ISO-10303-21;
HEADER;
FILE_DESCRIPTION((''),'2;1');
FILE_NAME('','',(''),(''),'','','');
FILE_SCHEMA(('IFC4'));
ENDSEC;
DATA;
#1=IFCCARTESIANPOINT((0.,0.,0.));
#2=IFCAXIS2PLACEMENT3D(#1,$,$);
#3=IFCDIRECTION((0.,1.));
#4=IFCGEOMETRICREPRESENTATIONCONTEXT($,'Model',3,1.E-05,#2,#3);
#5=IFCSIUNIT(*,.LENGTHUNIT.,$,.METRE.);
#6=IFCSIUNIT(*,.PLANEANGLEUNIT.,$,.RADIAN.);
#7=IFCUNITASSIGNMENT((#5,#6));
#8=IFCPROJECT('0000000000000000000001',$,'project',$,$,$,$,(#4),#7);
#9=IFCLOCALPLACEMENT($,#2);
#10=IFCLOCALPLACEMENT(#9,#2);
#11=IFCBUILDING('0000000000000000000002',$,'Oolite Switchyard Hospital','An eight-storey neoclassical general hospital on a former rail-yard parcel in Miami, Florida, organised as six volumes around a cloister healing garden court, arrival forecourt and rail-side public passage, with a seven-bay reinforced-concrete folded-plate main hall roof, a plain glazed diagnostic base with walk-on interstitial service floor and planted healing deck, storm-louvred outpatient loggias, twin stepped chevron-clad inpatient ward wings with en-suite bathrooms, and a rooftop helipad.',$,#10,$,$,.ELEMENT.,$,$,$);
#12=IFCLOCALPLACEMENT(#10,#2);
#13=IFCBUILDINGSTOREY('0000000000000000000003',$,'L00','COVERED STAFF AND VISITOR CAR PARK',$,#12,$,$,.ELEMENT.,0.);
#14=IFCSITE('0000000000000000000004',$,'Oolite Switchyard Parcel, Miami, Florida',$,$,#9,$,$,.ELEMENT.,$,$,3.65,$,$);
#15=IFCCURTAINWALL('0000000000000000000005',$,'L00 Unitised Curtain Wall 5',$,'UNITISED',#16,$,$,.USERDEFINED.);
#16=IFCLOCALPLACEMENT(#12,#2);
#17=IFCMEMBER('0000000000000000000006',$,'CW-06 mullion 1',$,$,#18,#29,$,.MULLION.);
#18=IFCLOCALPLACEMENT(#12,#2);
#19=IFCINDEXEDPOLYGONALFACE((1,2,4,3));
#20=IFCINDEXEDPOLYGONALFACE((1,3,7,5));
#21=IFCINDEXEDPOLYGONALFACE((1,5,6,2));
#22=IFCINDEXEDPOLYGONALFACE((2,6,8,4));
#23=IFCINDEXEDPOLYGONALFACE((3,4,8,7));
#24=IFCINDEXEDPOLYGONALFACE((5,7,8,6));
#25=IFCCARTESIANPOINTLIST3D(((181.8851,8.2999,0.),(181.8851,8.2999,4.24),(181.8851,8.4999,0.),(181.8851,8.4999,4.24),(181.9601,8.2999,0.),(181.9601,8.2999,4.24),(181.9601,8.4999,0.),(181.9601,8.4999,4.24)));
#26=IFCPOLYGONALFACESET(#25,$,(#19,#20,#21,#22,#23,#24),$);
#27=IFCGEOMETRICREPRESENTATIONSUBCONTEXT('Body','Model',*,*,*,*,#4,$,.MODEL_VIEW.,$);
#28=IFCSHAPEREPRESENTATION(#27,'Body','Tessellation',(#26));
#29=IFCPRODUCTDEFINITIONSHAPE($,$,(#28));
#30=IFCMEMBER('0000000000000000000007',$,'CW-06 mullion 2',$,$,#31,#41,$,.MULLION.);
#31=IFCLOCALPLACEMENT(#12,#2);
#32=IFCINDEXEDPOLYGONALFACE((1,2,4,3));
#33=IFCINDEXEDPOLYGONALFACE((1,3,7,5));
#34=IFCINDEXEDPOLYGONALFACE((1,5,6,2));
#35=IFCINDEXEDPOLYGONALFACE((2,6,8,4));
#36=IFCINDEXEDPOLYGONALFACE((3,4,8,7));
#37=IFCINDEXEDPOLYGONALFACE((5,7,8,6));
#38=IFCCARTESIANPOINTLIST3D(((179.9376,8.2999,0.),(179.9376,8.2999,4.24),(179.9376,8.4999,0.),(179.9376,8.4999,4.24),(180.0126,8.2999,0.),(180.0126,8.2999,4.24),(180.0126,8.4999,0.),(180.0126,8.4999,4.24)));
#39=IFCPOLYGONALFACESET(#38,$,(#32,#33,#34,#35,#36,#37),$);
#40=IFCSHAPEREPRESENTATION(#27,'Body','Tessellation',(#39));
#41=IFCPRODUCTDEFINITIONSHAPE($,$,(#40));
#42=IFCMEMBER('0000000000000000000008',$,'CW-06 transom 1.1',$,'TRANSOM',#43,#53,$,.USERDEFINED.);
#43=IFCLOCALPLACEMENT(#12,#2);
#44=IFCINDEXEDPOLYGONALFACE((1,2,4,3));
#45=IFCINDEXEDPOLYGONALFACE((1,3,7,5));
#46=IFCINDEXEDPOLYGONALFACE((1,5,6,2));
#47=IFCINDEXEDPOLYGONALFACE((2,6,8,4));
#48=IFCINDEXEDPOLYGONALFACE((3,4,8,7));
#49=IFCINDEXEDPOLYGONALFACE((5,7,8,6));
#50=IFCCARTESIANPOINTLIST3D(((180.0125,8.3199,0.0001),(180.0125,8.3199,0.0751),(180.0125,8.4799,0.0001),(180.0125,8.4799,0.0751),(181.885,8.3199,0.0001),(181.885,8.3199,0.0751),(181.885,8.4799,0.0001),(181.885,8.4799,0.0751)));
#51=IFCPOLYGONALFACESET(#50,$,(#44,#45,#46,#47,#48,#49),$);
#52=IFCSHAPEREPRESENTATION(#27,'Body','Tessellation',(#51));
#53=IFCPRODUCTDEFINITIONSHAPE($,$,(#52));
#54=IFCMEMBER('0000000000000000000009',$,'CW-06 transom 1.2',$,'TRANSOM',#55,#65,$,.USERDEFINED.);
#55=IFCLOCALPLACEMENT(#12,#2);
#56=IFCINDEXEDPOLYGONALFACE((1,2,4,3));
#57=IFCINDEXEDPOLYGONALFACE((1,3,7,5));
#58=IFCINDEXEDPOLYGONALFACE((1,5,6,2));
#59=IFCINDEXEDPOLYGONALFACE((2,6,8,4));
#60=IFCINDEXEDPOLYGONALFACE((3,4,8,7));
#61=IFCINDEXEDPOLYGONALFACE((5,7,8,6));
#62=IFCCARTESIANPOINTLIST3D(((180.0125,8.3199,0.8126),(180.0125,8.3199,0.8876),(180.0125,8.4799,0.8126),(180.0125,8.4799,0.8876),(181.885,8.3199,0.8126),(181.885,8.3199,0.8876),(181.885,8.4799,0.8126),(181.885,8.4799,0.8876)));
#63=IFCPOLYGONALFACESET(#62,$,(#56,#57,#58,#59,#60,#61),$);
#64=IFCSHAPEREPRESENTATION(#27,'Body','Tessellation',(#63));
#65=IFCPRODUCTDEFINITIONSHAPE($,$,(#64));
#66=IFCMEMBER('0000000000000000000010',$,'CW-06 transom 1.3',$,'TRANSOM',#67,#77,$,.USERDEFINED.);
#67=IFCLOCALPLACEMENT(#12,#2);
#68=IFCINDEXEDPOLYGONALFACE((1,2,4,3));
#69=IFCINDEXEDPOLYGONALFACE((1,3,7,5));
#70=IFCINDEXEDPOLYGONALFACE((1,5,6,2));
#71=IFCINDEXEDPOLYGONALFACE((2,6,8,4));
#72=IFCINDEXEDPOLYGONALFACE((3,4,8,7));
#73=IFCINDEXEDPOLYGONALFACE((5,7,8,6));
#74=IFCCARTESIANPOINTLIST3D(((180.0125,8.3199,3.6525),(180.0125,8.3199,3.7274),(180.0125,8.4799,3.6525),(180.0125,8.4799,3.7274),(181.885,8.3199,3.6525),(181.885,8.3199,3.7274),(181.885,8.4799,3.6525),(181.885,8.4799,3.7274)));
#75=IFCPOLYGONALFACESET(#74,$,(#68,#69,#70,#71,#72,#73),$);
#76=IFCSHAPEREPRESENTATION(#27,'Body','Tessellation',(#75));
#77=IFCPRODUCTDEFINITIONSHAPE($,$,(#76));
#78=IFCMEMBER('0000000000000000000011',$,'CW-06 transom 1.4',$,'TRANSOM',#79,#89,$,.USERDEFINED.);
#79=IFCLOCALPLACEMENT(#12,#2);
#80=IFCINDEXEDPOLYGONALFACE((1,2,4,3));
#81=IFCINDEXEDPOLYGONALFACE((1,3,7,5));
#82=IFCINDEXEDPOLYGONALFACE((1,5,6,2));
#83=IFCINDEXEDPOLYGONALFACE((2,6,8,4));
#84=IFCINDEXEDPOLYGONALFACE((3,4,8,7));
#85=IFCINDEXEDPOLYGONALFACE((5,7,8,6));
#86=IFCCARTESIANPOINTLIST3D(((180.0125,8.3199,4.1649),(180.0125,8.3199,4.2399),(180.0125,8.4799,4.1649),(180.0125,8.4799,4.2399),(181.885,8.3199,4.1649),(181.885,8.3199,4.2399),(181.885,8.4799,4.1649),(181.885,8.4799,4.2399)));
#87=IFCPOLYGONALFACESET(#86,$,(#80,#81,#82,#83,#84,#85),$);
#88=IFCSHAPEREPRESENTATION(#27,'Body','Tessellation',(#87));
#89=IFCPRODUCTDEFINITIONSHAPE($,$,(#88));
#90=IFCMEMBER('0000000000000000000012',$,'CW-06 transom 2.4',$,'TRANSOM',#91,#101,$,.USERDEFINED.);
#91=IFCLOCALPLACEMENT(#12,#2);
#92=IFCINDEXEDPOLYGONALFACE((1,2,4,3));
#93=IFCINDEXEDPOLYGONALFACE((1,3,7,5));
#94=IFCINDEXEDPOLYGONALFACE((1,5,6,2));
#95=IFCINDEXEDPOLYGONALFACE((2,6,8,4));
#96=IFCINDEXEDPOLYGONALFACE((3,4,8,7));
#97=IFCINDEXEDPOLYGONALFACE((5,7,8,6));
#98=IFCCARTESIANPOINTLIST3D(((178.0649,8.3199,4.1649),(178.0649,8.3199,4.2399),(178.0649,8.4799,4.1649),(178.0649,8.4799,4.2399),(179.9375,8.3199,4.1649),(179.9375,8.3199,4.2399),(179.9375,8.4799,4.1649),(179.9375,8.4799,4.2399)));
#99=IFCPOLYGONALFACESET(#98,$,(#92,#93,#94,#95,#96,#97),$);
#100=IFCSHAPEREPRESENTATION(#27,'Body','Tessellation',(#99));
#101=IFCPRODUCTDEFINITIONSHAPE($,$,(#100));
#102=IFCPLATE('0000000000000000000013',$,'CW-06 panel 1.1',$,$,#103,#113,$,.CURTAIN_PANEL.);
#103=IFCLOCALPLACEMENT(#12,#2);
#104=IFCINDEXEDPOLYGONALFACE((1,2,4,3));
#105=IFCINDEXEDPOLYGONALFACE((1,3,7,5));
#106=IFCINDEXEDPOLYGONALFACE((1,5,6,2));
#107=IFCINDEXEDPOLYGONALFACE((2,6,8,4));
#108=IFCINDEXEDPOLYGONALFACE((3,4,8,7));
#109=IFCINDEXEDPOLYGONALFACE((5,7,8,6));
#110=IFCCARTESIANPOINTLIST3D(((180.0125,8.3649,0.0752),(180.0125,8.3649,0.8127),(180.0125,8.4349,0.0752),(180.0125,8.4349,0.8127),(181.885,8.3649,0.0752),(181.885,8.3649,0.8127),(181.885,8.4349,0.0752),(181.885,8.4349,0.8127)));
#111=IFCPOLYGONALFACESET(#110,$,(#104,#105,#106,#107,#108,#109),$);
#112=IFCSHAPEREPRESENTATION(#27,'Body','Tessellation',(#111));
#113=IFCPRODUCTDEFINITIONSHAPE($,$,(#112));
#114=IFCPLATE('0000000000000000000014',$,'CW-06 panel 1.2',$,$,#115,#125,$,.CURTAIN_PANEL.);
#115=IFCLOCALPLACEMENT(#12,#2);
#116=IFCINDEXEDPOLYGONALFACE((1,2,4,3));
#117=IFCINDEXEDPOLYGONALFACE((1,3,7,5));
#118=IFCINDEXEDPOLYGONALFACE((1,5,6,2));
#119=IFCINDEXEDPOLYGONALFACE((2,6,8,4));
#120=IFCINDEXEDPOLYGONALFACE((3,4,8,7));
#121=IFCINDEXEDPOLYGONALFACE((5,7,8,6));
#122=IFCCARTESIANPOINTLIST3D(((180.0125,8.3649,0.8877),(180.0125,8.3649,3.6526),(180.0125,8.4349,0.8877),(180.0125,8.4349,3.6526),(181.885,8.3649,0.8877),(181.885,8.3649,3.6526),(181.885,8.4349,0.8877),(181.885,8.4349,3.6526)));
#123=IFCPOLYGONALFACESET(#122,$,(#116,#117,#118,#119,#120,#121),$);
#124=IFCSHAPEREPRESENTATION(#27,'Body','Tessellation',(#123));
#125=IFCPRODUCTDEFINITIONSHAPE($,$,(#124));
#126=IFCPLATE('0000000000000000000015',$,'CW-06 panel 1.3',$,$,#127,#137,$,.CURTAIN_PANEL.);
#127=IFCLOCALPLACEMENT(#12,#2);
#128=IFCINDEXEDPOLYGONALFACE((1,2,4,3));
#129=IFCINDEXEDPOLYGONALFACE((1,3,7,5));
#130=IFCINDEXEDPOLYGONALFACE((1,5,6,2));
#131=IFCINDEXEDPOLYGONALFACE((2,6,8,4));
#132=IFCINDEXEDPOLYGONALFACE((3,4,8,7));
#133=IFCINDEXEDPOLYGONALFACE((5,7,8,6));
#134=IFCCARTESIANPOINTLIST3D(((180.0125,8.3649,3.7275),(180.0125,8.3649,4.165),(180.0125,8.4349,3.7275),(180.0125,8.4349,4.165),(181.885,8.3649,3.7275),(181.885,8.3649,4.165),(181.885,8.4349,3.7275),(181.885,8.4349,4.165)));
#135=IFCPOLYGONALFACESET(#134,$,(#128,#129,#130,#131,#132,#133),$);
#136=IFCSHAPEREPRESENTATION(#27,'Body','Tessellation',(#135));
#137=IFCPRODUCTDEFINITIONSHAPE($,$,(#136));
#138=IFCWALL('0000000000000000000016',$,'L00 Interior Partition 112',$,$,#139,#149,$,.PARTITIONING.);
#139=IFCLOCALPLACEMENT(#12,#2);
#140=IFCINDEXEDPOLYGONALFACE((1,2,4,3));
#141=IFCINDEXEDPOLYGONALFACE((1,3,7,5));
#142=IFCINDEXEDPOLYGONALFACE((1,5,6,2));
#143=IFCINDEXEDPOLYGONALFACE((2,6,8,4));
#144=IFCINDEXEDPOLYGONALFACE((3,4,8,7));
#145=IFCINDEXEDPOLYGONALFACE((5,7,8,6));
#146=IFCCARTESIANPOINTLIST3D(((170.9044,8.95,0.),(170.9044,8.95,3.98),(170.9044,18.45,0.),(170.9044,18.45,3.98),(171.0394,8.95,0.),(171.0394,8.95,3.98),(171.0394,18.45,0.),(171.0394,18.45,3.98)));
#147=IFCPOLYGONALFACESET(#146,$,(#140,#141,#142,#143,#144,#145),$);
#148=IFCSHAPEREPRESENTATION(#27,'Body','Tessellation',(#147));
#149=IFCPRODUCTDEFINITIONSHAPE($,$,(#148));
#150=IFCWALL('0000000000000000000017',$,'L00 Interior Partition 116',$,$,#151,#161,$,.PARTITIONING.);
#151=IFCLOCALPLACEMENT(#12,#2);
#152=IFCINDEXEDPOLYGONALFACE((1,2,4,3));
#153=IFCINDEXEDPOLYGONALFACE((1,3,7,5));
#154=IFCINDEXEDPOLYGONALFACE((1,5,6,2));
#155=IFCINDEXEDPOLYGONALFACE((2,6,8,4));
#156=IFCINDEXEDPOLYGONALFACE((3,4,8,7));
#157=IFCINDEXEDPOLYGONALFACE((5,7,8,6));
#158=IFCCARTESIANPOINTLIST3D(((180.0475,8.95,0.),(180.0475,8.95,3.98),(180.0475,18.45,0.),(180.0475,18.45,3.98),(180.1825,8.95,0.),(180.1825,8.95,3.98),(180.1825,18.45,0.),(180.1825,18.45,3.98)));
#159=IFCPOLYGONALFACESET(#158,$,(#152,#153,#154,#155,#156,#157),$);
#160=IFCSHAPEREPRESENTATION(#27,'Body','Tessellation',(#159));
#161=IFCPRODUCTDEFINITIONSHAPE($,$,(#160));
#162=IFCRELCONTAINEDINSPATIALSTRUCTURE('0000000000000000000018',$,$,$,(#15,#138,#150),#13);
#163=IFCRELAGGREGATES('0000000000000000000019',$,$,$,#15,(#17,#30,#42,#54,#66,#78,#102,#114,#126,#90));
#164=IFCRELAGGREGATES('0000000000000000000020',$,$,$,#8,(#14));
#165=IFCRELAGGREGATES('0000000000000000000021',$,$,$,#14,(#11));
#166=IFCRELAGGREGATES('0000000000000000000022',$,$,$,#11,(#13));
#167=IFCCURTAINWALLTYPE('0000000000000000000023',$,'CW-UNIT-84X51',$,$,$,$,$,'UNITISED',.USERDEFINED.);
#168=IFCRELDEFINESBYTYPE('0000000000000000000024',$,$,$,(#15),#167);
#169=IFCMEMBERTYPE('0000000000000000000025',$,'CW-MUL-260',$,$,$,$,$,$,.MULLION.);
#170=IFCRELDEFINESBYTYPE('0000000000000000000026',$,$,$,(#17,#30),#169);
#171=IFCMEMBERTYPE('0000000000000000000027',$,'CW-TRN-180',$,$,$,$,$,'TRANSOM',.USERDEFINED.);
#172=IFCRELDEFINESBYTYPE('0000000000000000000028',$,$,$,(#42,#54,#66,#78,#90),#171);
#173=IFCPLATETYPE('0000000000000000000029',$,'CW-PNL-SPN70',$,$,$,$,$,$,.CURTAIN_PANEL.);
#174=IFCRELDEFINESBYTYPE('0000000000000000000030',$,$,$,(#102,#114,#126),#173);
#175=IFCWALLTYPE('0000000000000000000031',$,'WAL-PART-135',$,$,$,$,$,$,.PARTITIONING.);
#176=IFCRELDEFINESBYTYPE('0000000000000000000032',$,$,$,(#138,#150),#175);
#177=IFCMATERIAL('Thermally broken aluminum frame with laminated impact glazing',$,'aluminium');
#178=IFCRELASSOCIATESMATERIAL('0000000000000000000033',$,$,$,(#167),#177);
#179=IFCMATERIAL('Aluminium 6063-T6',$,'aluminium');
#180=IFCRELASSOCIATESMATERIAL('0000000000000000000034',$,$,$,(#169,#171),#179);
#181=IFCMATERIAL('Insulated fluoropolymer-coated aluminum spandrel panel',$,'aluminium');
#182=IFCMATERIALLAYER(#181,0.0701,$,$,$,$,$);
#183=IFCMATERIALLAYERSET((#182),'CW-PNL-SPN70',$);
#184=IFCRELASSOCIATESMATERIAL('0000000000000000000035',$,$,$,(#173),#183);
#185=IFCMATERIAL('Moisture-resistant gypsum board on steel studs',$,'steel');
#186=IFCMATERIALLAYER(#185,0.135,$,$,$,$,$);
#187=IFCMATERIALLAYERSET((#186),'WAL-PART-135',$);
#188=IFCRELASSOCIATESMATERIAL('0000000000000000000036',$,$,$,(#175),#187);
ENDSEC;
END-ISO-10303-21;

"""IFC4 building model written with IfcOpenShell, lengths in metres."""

from ifc_helpers import new_model, si_unit, direction, frame, frame_2d, origin, origin_2d, place, context, subcontext, project, spatial, rectangle, extrude, material, layer, layer_set, material_profile, profile_set, type_object, element, aggregate, save


model = new_model("IFC4")

# Units and contexts
model_context = context("Model", 3, precision=1e-05, world=origin(), true_north=direction((0.0, 1.0)))
body_context = subcontext(model_context, "Body", "Model", "MODEL_VIEW")
ifc_project = project(units=[si_unit("LENGTHUNIT", "METRE"), si_unit("PLANEANGLEUNIT", "RADIAN")], contexts=[model_context])

# Site, building, storey
site_placement = place(None, origin())
site = spatial("IfcSite", under=ifc_project, at=site_placement, Name="Oolite Switchyard Parcel, Miami, Florida", CompositionType="ELEMENT", RefElevation=3.65)
building_placement = place(site_placement, origin())
building = spatial("IfcBuilding", under=site, at=building_placement, Name="Oolite Switchyard Hospital", Description="An eight-storey neoclassical general hospital on a former rail-yard parcel in Miami, Florida, organised as six volumes around a cloister healing garden court, arrival forecourt and rail-side public passage, with a seven-bay reinforced-concrete folded-plate main hall roof, a plain glazed diagnostic base with walk-on interstitial service floor and planted healing deck, storm-louvred outpatient loggias, twin stepped chevron-clad inpatient ward wings with en-suite bathrooms, and a rooftop helipad.", CompositionType="ELEMENT")
storey_placement = place(building_placement, origin())
storey = spatial("IfcBuildingStorey", under=building, at=storey_placement, Name="L00", Description="COVERED STAFF AND VISITOR CAR PARK", CompositionType="ELEMENT", Elevation=0.0)

# Curtain wall, members, plates
ifc_material_1 = material(Name="Thermally broken aluminum frame with laminated impact glazing", Category="aluminium")
curtain_wall_type = type_object("IfcCurtainWallType", Name="CW-UNIT-84X51", ElementType="UNITISED", PredefinedType="USERDEFINED", material=ifc_material_1)
curtain_wall_placement = place(storey_placement, origin())
curtain_wall = element("IfcCurtainWall", 1, at=curtain_wall_placement, inside=storey, type_object=curtain_wall_type, Name="L00 Unitised Curtain Wall 5", ObjectType="UNITISED", PredefinedType="USERDEFINED")
ifc_material_2 = material(Name="Aluminium 6063-T6", Category="aluminium")
ifc_material_profile_1 = material_profile(ifc_material_2, rectangle(XDim=0.2, YDim=0.075, at=origin_2d()), Name="CWM75X200")
ifc_profile_set_1 = profile_set([ifc_material_profile_1], Name="Aluminium 6063-T6")
member_type_1 = type_object("IfcMemberType", Name="CW-MUL-260", PredefinedType="MULLION", material=ifc_profile_set_1)
member_1_placement = place(storey_placement, frame((181.9226, 8.3999, 0.0), z_axis=(0.0, 0.0, 1.0), x_axis=(0.0, -1.0, 0.0)))
member_1 = element("IfcMember", 2, at=member_1_placement, type_object=member_type_1, Name="CW-06 mullion 1", PredefinedType="MULLION", context=body_context, shape_type="SweptSolid", body=[
    extrude(rectangle(XDim=0.2, YDim=0.075, at=origin_2d()), origin(), (0.0, 0.0, 1.0), 4.24),
])
member_2_placement = place(storey_placement, frame((179.9751, 8.3999, 0.0), z_axis=(0.0, 0.0, 1.0), x_axis=(0.0, -1.0, 0.0)))
member_2 = element("IfcMember", 3, at=member_2_placement, type_object=member_type_1, Name="CW-06 mullion 2", PredefinedType="MULLION", context=body_context, shape_type="SweptSolid", body=[
    extrude(rectangle(XDim=0.2, YDim=0.075, at=origin_2d()), origin(), (0.0, 0.0, 1.0), 4.24),
])
ifc_material_profile_2 = material_profile(ifc_material_2, rectangle(XDim=0.1599, YDim=0.075, at=origin_2d()), Name="CWT75X160")
ifc_profile_set_2 = profile_set([ifc_material_profile_2], Name="Aluminium 6063-T6")
member_type_2 = type_object("IfcMemberType", Name="CW-TRN-180", ElementType="TRANSOM", PredefinedType="USERDEFINED", material=ifc_profile_set_2)
member_3_placement = place(storey_placement, frame((181.885, 8.3999, 0.0376), z_axis=(-1.0, 0.0, 0.0), x_axis=(0.0, -1.0, 0.0)))
member_3 = element("IfcMember", 4, at=member_3_placement, type_object=member_type_2, Name="CW-06 transom 1.1", ObjectType="TRANSOM", PredefinedType="USERDEFINED", context=body_context, shape_type="SweptSolid", body=[
    extrude(rectangle(XDim=0.1599, YDim=0.075, at=origin_2d()), origin(), (0.0, 0.0, 1.0), 1.8726),
])
member_4_placement = place(storey_placement, frame((181.885, 8.3999, 0.8501), z_axis=(-1.0, 0.0, 0.0), x_axis=(0.0, -1.0, 0.0)))
member_4 = element("IfcMember", 5, at=member_4_placement, type_object=member_type_2, Name="CW-06 transom 1.2", ObjectType="TRANSOM", PredefinedType="USERDEFINED", context=body_context, shape_type="SweptSolid", body=[
    extrude(rectangle(XDim=0.1599, YDim=0.075, at=origin_2d()), origin(), (0.0, 0.0, 1.0), 1.8726),
])
member_5_placement = place(storey_placement, frame((181.885, 8.3999, 3.6899), z_axis=(-1.0, 0.0, 0.0), x_axis=(0.0, -1.0, 0.0)))
member_5 = element("IfcMember", 6, at=member_5_placement, type_object=member_type_2, Name="CW-06 transom 1.3", ObjectType="TRANSOM", PredefinedType="USERDEFINED", context=body_context, shape_type="SweptSolid", body=[
    extrude(rectangle(XDim=0.1599, YDim=0.075, at=origin_2d()), origin(), (0.0, 0.0, 1.0), 1.8726),
])
member_6_placement = place(storey_placement, frame((181.885, 8.3999, 4.2024), z_axis=(-1.0, 0.0, 0.0), x_axis=(0.0, -1.0, 0.0)))
member_6 = element("IfcMember", 7, at=member_6_placement, type_object=member_type_2, Name="CW-06 transom 1.4", ObjectType="TRANSOM", PredefinedType="USERDEFINED", context=body_context, shape_type="SweptSolid", body=[
    extrude(rectangle(XDim=0.1599, YDim=0.075, at=origin_2d()), origin(), (0.0, 0.0, 1.0), 1.8726),
])
member_7_placement = place(storey_placement, frame((179.9375, 8.3999, 4.2024), z_axis=(-1.0, 0.0, 0.0), x_axis=(0.0, -1.0, 0.0)))
member_7 = element("IfcMember", 8, at=member_7_placement, type_object=member_type_2, Name="CW-06 transom 2.4", ObjectType="TRANSOM", PredefinedType="USERDEFINED", context=body_context, shape_type="SweptSolid", body=[
    extrude(rectangle(XDim=0.1599, YDim=0.075, at=origin_2d()), origin(), (0.0, 0.0, 1.0), 1.8726),
])
ifc_material_3 = material(Name="Insulated fluoropolymer-coated aluminum spandrel panel", Category="aluminium")
ifc_layer_1 = layer(ifc_material_3, 0.0701)
ifc_layer_set_1 = layer_set([ifc_layer_1], Name="CW-PNL-SPN70")
plate_type = type_object("IfcPlateType", Name="CW-PNL-SPN70", PredefinedType="CURTAIN_PANEL", material=ifc_layer_set_1)
plate_1_placement = place(storey_placement, frame((180.9487, 8.3999, 0.0752), z_axis=(0.0, 0.0, 1.0), x_axis=(-1.0, 0.0, 0.0)))
plate_1 = element("IfcPlate", 9, at=plate_1_placement, type_object=plate_type, Name="CW-06 panel 1.1", PredefinedType="CURTAIN_PANEL", context=body_context, shape_type="SweptSolid", body=[
    extrude(rectangle(XDim=1.8726, YDim=0.0701, at=origin_2d()), origin(), (0.0, 0.0, 1.0), 0.7375),
])
plate_2_placement = place(storey_placement, frame((180.9487, 8.3999, 0.8877), z_axis=(0.0, 0.0, 1.0), x_axis=(-1.0, 0.0, 0.0)))
plate_2 = element("IfcPlate", 10, at=plate_2_placement, type_object=plate_type, Name="CW-06 panel 1.2", PredefinedType="CURTAIN_PANEL", context=body_context, shape_type="SweptSolid", body=[
    extrude(rectangle(XDim=1.8726, YDim=0.0701, at=origin_2d()), origin(), (0.0, 0.0, 1.0), 2.7649),
])
plate_3_placement = place(storey_placement, frame((180.9487, 8.3999, 3.7275), z_axis=(0.0, 0.0, 1.0), x_axis=(-1.0, 0.0, 0.0)))
plate_3 = element("IfcPlate", 11, at=plate_3_placement, type_object=plate_type, Name="CW-06 panel 1.3", PredefinedType="CURTAIN_PANEL", context=body_context, shape_type="SweptSolid", body=[
    extrude(rectangle(XDim=1.8726, YDim=0.0701, at=origin_2d()), origin(), (0.0, 0.0, 1.0), 0.4375),
])
aggregate(curtain_wall, [member_1, member_2, member_3, member_4, member_5, member_6, plate_1, plate_2, plate_3, member_7])

# Walls
ifc_material_4 = material(Name="Moisture-resistant gypsum board on steel studs", Category="steel")
ifc_layer_2 = layer(ifc_material_4, 0.135)
ifc_layer_set_2 = layer_set([ifc_layer_2], Name="WAL-PART-135")
wall_type = type_object("IfcWallType", Name="WAL-PART-135", PredefinedType="PARTITIONING", material=ifc_layer_set_2)
for number, where, z_axis, x_axis, name in (
    (12, (170.9719, 8.95, 0.0), (0.0, 0.0, 1.0), (0.0, 1.0, 0.0), "L00 Interior Partition 112"),
    (13, (180.115, 8.95, 0.0), (0.0, 0.0, 1.0), (0.0, 1.0, 0.0), "L00 Interior Partition 116"),
):
    element("IfcWall", number, at=place(storey_placement, frame(where, z_axis=z_axis, x_axis=x_axis)), inside=storey, type_object=wall_type, Name=name, PredefinedType="PARTITIONING", context=body_context, shape_type="SweptSolid", body=[
        extrude(rectangle(XDim=9.5, YDim=0.135, at=frame_2d((4.75, 0.0))), origin(), (0.0, 0.0, 1.0), 3.98),
    ])

save(model, "model.ifc")
